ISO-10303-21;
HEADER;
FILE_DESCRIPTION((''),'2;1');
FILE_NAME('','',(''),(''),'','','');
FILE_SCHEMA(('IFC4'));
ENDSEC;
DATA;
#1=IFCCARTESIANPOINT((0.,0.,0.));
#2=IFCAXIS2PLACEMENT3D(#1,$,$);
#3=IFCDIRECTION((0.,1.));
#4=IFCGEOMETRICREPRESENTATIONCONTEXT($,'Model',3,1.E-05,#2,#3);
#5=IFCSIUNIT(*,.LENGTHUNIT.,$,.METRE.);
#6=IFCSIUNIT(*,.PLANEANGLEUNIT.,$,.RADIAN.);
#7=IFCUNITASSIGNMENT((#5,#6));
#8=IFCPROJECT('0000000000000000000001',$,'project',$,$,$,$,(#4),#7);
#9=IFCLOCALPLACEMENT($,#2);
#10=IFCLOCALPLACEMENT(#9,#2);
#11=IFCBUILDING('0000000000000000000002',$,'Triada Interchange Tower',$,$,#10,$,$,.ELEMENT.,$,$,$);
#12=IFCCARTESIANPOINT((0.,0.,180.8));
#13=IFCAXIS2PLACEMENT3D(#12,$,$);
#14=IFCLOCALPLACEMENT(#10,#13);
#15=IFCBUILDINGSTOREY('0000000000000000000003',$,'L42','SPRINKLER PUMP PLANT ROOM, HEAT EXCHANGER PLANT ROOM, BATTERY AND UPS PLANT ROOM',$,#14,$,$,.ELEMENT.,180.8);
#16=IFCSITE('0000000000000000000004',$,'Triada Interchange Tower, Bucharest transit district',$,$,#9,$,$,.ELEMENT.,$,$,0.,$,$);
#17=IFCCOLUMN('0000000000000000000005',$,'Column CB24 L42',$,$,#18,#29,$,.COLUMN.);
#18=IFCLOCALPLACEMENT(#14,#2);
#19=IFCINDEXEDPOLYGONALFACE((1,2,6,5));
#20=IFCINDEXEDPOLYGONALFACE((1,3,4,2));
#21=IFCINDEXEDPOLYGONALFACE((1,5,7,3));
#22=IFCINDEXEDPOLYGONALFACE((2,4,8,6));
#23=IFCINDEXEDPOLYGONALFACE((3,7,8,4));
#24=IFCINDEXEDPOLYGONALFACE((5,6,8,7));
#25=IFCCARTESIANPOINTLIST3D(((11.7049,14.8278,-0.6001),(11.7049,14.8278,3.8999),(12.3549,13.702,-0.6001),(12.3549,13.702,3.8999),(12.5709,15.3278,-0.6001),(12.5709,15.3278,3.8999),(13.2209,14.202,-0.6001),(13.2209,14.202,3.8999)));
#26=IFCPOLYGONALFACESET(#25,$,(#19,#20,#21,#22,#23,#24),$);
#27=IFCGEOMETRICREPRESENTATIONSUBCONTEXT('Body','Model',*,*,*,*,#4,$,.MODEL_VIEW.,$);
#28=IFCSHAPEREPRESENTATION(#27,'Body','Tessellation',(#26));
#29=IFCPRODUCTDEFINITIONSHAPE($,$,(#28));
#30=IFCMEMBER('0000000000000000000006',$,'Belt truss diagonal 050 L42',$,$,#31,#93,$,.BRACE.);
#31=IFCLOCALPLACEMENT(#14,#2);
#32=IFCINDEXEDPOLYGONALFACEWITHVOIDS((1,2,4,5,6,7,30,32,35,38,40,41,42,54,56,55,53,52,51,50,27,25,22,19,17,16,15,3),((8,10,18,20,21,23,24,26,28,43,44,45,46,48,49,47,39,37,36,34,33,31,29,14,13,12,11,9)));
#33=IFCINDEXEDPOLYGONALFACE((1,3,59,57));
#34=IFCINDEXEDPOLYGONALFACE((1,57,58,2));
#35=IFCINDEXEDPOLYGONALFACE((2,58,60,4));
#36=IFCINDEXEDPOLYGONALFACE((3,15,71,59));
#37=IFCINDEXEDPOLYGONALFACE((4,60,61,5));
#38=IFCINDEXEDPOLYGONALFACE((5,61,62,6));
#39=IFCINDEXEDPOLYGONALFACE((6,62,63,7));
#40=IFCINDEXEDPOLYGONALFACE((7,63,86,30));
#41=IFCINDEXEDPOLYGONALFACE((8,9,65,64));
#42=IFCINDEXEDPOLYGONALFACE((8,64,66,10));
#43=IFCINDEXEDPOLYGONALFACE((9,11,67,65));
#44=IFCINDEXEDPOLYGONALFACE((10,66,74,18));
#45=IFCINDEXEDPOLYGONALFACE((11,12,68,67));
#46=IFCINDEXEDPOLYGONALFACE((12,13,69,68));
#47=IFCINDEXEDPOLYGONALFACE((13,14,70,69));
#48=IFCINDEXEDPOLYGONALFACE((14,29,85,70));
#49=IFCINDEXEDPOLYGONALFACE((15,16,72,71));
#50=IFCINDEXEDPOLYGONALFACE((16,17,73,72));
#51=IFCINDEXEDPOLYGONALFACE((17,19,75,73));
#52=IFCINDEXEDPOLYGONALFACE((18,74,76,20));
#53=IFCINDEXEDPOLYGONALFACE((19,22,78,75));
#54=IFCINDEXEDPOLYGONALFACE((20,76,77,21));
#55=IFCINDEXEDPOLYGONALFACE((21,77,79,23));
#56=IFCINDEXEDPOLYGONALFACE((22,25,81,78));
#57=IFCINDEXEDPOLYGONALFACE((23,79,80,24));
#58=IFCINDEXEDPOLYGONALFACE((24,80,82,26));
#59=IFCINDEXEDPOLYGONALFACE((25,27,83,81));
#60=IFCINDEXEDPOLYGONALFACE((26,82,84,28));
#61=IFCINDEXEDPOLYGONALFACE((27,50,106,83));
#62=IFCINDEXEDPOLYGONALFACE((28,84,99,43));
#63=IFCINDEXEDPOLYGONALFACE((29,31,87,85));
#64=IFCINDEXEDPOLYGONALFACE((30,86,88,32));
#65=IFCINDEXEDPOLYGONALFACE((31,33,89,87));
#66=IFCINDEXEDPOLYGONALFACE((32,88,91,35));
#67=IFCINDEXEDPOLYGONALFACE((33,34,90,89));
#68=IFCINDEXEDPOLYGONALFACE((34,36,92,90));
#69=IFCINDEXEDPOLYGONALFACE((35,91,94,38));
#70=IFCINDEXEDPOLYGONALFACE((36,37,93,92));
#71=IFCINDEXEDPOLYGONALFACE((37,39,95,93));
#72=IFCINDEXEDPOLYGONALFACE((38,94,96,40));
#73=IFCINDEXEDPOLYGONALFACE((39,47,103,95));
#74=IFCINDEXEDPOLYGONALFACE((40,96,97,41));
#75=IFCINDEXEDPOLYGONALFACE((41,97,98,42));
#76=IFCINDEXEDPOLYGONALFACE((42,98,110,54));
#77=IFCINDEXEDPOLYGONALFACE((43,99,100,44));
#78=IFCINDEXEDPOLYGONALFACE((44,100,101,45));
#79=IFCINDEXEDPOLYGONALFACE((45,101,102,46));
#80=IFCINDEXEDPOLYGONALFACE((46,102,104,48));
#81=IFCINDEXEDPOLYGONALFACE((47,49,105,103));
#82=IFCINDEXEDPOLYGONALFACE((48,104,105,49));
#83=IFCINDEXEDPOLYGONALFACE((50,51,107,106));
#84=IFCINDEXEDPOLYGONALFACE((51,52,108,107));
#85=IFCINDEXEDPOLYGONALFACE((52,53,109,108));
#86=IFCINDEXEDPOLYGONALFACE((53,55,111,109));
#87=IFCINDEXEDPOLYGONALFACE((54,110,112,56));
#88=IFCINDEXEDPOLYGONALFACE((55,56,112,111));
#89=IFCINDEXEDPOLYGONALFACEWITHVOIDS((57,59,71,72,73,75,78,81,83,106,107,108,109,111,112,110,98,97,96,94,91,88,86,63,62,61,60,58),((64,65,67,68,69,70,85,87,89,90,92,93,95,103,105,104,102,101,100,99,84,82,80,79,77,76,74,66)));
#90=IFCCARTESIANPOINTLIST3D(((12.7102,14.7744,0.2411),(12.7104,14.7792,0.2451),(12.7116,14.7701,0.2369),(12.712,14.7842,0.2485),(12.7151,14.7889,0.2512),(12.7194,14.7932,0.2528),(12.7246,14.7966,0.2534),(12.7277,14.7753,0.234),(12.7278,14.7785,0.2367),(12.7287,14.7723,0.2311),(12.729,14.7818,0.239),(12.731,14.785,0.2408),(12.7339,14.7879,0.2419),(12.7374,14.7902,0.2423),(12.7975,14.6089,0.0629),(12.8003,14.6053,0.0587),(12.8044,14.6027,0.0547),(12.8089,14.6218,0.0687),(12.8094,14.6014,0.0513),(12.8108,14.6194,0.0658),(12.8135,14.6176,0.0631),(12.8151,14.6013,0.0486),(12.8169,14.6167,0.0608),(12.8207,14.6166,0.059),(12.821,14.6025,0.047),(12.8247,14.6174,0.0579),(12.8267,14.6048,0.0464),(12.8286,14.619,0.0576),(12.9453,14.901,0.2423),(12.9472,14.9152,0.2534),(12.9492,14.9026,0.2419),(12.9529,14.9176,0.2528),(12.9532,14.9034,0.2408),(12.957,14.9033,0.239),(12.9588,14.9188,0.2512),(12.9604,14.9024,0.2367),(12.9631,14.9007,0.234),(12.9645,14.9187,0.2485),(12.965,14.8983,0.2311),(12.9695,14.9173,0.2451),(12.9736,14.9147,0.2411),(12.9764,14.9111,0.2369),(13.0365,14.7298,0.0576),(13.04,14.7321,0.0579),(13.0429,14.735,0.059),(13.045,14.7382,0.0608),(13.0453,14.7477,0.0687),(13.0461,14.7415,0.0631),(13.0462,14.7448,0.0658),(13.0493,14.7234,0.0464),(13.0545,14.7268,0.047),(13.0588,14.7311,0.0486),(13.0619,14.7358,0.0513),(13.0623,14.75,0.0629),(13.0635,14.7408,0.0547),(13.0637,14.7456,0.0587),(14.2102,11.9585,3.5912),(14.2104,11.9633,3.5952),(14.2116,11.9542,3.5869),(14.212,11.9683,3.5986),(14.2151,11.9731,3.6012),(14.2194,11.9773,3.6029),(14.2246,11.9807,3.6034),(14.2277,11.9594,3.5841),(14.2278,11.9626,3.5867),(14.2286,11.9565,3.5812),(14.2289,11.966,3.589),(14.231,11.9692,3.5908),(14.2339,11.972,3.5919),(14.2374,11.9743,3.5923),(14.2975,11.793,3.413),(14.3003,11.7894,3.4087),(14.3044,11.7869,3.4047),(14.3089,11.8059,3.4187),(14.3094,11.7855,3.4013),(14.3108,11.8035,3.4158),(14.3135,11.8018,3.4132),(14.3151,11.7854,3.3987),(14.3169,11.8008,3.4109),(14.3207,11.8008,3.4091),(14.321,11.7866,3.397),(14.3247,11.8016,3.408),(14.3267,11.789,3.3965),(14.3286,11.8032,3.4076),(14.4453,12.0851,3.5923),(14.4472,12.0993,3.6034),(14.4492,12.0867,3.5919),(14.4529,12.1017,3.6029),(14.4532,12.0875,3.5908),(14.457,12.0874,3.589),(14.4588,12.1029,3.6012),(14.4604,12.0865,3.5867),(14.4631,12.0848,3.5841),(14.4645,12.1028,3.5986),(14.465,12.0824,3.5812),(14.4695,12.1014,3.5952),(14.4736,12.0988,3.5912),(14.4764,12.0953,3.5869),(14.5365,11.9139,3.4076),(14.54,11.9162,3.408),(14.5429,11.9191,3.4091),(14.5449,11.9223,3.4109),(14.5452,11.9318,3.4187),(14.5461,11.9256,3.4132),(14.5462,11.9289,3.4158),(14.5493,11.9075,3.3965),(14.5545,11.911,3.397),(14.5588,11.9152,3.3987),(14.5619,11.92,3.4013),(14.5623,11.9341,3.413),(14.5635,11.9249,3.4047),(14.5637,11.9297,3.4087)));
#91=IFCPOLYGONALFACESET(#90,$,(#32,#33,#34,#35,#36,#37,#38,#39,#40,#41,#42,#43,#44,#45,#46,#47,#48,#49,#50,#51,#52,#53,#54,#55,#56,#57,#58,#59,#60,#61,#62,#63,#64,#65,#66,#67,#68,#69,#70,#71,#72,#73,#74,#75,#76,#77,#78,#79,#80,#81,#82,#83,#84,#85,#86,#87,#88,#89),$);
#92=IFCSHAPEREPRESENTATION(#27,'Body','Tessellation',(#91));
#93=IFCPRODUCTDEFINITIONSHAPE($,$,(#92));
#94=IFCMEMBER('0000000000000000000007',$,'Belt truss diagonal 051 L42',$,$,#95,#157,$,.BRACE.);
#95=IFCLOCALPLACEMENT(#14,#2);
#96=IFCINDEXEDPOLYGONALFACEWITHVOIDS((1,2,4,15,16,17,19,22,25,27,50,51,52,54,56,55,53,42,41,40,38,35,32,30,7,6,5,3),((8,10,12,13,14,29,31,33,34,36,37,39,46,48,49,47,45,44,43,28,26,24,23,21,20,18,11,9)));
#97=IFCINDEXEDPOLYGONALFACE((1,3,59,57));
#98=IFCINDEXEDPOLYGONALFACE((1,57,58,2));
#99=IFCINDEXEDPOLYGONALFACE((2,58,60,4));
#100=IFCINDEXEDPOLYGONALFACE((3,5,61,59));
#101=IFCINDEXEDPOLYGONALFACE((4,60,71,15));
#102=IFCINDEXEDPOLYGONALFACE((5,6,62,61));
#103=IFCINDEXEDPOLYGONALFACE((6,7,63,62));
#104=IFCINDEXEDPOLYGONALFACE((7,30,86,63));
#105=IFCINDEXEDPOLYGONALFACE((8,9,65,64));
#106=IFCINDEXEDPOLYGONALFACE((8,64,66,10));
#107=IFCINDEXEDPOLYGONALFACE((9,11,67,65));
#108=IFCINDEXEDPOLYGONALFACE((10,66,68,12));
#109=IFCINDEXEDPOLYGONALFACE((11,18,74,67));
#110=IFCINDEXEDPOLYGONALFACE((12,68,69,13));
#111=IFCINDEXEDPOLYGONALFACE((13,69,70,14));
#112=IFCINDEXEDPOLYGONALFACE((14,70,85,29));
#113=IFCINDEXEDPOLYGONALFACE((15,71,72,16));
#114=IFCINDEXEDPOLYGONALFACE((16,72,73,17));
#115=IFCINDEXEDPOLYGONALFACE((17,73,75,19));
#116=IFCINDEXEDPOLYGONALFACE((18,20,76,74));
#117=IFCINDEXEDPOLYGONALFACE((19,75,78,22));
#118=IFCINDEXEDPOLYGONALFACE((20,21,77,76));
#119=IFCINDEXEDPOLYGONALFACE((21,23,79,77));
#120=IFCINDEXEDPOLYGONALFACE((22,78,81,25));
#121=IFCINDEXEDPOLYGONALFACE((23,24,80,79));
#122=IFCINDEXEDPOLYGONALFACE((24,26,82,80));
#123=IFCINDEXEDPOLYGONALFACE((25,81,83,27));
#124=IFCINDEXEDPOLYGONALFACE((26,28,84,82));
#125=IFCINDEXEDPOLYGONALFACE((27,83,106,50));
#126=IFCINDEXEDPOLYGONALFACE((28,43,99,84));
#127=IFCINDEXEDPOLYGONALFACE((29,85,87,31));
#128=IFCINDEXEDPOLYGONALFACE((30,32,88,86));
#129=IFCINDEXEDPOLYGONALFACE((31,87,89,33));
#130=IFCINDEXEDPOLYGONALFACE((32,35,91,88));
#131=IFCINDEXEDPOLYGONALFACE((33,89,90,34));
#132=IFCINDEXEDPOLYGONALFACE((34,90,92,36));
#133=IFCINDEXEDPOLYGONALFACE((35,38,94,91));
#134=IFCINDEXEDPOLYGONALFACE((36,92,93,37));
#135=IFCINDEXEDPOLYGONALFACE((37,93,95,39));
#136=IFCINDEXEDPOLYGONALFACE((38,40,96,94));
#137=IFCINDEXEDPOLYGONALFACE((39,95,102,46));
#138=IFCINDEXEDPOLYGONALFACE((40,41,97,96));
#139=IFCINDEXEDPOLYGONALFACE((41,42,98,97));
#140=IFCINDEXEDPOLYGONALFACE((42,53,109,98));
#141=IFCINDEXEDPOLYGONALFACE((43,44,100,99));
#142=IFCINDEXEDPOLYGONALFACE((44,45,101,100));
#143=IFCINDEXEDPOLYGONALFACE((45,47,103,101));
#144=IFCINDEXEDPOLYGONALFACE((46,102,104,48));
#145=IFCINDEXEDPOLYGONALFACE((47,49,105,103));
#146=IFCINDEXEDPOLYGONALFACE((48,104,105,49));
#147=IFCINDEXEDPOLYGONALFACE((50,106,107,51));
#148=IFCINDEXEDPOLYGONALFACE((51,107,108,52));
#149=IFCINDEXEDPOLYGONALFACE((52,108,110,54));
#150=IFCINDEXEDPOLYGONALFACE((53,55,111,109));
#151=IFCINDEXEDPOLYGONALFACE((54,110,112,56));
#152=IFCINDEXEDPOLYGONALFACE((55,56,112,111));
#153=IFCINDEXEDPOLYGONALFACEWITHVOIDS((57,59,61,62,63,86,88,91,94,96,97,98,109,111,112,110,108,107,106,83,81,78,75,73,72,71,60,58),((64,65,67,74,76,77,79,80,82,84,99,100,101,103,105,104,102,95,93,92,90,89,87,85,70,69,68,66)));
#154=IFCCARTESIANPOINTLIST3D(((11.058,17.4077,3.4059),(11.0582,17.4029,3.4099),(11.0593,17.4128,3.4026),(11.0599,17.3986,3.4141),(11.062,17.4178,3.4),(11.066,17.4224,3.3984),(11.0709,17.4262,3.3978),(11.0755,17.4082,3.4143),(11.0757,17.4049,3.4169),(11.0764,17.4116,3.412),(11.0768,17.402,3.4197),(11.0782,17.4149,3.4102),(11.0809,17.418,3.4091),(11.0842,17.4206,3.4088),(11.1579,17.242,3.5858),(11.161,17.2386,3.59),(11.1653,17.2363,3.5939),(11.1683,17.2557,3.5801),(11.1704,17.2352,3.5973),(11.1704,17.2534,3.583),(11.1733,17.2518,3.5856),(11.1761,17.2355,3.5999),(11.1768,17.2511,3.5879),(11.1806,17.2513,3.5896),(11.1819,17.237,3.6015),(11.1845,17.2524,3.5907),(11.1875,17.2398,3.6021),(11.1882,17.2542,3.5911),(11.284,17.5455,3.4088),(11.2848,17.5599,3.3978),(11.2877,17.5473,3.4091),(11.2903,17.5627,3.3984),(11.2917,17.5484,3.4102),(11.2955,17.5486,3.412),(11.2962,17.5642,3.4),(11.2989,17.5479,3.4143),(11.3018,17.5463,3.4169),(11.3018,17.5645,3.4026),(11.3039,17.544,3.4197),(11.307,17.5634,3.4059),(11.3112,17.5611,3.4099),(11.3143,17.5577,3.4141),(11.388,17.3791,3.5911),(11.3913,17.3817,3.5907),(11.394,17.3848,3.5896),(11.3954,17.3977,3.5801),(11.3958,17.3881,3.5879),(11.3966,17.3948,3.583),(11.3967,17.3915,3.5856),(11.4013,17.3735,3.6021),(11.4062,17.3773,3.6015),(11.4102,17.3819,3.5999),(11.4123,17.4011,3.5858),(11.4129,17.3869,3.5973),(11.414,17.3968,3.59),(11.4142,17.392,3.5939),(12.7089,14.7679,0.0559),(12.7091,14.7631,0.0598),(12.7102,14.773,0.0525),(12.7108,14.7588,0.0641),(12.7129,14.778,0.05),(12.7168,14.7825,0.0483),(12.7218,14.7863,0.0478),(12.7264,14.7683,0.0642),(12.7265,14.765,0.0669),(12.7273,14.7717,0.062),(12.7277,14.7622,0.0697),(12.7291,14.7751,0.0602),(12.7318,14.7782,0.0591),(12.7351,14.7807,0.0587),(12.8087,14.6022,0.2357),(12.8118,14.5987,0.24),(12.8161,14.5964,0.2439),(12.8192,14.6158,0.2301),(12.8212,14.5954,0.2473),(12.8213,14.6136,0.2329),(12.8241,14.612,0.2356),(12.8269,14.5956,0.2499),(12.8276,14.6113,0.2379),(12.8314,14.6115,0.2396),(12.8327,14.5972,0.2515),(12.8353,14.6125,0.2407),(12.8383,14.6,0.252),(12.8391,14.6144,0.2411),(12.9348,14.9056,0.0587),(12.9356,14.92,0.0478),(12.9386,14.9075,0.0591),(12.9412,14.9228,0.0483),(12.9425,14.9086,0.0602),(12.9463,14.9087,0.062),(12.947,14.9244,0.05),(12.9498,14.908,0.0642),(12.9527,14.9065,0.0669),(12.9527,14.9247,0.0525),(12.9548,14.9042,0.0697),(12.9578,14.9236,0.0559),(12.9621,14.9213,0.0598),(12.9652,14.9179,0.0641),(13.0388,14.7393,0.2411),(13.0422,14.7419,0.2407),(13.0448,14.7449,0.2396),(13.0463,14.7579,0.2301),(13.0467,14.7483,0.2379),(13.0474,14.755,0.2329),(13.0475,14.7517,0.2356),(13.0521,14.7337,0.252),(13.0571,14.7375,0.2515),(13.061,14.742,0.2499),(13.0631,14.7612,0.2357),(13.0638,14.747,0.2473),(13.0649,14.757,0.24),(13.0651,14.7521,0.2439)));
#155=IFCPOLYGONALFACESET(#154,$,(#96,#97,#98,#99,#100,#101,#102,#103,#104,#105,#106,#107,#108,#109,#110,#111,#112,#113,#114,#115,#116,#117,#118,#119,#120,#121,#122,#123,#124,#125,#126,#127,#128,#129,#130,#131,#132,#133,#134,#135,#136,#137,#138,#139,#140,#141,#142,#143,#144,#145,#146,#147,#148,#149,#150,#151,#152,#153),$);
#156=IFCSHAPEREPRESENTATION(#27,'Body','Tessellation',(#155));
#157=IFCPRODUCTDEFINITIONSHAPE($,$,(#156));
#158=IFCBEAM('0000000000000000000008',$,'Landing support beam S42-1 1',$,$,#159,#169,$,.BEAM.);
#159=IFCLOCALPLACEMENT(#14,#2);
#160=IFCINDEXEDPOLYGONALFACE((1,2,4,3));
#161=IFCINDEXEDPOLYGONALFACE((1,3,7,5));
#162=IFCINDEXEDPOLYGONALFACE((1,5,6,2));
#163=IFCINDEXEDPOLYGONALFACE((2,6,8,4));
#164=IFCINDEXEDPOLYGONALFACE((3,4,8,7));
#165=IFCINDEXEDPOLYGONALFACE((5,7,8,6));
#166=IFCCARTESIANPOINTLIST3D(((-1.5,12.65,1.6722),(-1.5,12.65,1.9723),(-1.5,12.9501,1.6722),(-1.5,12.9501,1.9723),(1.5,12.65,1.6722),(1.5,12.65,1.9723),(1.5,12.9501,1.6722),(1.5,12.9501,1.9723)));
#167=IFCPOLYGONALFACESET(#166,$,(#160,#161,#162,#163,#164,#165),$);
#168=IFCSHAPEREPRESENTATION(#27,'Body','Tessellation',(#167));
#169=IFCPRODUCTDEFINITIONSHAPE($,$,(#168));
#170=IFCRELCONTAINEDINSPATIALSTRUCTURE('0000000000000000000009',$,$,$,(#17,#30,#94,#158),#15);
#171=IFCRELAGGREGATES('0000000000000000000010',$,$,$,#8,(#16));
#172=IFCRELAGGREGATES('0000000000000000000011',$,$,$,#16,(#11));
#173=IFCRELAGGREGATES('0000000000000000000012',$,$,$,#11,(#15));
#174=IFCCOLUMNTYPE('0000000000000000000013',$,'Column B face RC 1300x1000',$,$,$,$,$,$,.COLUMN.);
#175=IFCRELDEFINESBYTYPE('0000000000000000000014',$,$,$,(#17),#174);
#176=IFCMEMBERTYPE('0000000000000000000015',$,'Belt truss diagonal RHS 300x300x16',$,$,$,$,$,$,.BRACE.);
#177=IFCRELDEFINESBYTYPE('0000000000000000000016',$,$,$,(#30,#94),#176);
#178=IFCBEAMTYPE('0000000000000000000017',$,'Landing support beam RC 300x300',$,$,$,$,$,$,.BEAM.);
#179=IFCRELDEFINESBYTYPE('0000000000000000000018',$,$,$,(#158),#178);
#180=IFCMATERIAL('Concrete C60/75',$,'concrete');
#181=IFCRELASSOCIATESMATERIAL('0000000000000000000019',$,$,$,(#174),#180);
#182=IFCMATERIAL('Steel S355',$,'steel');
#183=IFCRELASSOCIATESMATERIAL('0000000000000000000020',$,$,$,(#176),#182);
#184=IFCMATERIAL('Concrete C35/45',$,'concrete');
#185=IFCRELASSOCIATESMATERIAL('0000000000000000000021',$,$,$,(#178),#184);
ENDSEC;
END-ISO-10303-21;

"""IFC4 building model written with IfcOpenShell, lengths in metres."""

from ifc_helpers import new_model, si_unit, direction, frame, origin, origin_2d, place, context, subcontext, project, spatial, rectangle, hollow_rectangle, extrude, material, material_profile, profile_set, type_object, element, save


model = new_model("IFC4")

# Units and contexts
model_context = context("Model", 3, precision=1e-05, world=origin(), true_north=direction((0.0, 1.0)))
body_context = subcontext(model_context, "Body", "Model", "MODEL_VIEW")
ifc_project = project(units=[si_unit("LENGTHUNIT", "METRE"), si_unit("PLANEANGLEUNIT", "RADIAN")], contexts=[model_context])

# Site, building, storey
site_placement = place(None, origin())
site = spatial("IfcSite", under=ifc_project, at=site_placement, Name="Triada Interchange Tower, Bucharest transit district", CompositionType="ELEMENT", RefElevation=0.0)
building_placement = place(site_placement, origin())
building = spatial("IfcBuilding", under=site, at=building_placement, Name="Triada Interchange Tower", CompositionType="ELEMENT")
storey_placement = place(building_placement, frame((0.0, 0.0, 180.8)))
storey = spatial("IfcBuildingStorey", under=building, at=storey_placement, Name="L42", Description="SPRINKLER PUMP PLANT ROOM, HEAT EXCHANGER PLANT ROOM, BATTERY AND UPS PLANT ROOM", CompositionType="ELEMENT", Elevation=180.8)

# Column
ifc_material_1 = material(Name="Concrete C60/75", Category="concrete")
ifc_material_profile_1 = material_profile(ifc_material_1, rectangle(XDim=1.3, YDim=1.0, at=origin_2d()), Name="RC 1300x1000")
ifc_profile_set_1 = profile_set([ifc_material_profile_1], Name="Concrete C60/75")
column_type = type_object("IfcColumnType", Name="Column B face RC 1300x1000", PredefinedType="COLUMN", material=ifc_profile_set_1)
column_placement = place(storey_placement, frame((12.4629, 14.5149, -0.6001), z_axis=(0.0, 0.0, 1.0), x_axis=(-0.5, 0.866025, 0.0)))
element("IfcColumn", 1, at=column_placement, inside=storey, type_object=column_type, Name="Column CB24 L42", PredefinedType="COLUMN", context=body_context, shape_type="SweptSolid", body=[
    extrude(rectangle(XDim=1.3, YDim=1.0, at=origin_2d()), origin(), (0.0, 0.0, 1.0), 4.5),
])

# Members
ifc_material_2 = material(Name="Steel S355", Category="steel")
ifc_material_profile_2 = material_profile(ifc_material_2, hollow_rectangle(XDim=0.3, YDim=0.3, WallThickness=0.0161, InnerFilletRadius=0.0161, OuterFilletRadius=0.0239, at=origin_2d()), Name="RHS 300x300x16")
ifc_profile_set_2 = profile_set([ifc_material_profile_2], Name="Steel S355")
member_type_1 = type_object("IfcMemberType", Name="Belt truss diagonal RHS 300x300x16", PredefinedType="BRACE", material=ifc_profile_set_2)
member_1_placement = place(storey_placement, frame((12.887, 14.76, 0.1499), z_axis=(0.324234, -0.608678, 0.724144), x_axis=(0.88259, 0.470143, 0.0)))
element("IfcMember", 2, at=member_1_placement, inside=storey, type_object=member_type_1, Name="Belt truss diagonal 050 L42", PredefinedType="BRACE", context=body_context, shape_type="SweptSolid", body=[
    extrude(hollow_rectangle(XDim=0.3, YDim=0.3, WallThickness=0.0161, InnerFilletRadius=0.0161, OuterFilletRadius=0.0239, at=origin_2d()), origin(), (0.0, 0.0, 1.0), 4.6262),
])
member_2_placement = place(storey_placement, frame((12.887, 14.76, 0.1499), z_axis=(-0.36096, 0.577205, 0.73249), x_axis=(-0.847862, -0.530217, 0.0)))
element("IfcMember", 3, at=member_2_placement, inside=storey, type_object=member_type_1, Name="Belt truss diagonal 051 L42", PredefinedType="BRACE", context=body_context, shape_type="SweptSolid", body=[
    extrude(hollow_rectangle(XDim=0.3, YDim=0.3, WallThickness=0.0161, InnerFilletRadius=0.0161, OuterFilletRadius=0.0239, at=origin_2d()), origin(), (0.0, 0.0, 1.0), 4.5735),
])

# Beam
ifc_material_3 = material(Name="Concrete C35/45", Category="concrete")
ifc_material_profile_3 = material_profile(ifc_material_3, rectangle(XDim=0.3, YDim=0.3, at=origin_2d()), Name="RC 300x300")
ifc_profile_set_3 = profile_set([ifc_material_profile_3], Name="Concrete C35/45")
beam_type_1 = type_object("IfcBeamType", Name="Landing support beam RC 300x300", PredefinedType="BEAM", material=ifc_profile_set_3)
beam_1_placement = place(storey_placement, frame((1.5, 12.8, 1.8223), z_axis=(-1.0, 0.0, 0.0), x_axis=(0.0, -1.0, 0.0)))
element("IfcBeam", 4, at=beam_1_placement, inside=storey, type_object=beam_type_1, Name="Landing support beam S42-1 1", PredefinedType="BEAM", context=body_context, shape_type="SweptSolid", body=[
    extrude(rectangle(XDim=0.3, YDim=0.3, at=origin_2d()), origin(), (0.0, 0.0, 1.0), 3.0),
])

save(model, "model.ifc")
